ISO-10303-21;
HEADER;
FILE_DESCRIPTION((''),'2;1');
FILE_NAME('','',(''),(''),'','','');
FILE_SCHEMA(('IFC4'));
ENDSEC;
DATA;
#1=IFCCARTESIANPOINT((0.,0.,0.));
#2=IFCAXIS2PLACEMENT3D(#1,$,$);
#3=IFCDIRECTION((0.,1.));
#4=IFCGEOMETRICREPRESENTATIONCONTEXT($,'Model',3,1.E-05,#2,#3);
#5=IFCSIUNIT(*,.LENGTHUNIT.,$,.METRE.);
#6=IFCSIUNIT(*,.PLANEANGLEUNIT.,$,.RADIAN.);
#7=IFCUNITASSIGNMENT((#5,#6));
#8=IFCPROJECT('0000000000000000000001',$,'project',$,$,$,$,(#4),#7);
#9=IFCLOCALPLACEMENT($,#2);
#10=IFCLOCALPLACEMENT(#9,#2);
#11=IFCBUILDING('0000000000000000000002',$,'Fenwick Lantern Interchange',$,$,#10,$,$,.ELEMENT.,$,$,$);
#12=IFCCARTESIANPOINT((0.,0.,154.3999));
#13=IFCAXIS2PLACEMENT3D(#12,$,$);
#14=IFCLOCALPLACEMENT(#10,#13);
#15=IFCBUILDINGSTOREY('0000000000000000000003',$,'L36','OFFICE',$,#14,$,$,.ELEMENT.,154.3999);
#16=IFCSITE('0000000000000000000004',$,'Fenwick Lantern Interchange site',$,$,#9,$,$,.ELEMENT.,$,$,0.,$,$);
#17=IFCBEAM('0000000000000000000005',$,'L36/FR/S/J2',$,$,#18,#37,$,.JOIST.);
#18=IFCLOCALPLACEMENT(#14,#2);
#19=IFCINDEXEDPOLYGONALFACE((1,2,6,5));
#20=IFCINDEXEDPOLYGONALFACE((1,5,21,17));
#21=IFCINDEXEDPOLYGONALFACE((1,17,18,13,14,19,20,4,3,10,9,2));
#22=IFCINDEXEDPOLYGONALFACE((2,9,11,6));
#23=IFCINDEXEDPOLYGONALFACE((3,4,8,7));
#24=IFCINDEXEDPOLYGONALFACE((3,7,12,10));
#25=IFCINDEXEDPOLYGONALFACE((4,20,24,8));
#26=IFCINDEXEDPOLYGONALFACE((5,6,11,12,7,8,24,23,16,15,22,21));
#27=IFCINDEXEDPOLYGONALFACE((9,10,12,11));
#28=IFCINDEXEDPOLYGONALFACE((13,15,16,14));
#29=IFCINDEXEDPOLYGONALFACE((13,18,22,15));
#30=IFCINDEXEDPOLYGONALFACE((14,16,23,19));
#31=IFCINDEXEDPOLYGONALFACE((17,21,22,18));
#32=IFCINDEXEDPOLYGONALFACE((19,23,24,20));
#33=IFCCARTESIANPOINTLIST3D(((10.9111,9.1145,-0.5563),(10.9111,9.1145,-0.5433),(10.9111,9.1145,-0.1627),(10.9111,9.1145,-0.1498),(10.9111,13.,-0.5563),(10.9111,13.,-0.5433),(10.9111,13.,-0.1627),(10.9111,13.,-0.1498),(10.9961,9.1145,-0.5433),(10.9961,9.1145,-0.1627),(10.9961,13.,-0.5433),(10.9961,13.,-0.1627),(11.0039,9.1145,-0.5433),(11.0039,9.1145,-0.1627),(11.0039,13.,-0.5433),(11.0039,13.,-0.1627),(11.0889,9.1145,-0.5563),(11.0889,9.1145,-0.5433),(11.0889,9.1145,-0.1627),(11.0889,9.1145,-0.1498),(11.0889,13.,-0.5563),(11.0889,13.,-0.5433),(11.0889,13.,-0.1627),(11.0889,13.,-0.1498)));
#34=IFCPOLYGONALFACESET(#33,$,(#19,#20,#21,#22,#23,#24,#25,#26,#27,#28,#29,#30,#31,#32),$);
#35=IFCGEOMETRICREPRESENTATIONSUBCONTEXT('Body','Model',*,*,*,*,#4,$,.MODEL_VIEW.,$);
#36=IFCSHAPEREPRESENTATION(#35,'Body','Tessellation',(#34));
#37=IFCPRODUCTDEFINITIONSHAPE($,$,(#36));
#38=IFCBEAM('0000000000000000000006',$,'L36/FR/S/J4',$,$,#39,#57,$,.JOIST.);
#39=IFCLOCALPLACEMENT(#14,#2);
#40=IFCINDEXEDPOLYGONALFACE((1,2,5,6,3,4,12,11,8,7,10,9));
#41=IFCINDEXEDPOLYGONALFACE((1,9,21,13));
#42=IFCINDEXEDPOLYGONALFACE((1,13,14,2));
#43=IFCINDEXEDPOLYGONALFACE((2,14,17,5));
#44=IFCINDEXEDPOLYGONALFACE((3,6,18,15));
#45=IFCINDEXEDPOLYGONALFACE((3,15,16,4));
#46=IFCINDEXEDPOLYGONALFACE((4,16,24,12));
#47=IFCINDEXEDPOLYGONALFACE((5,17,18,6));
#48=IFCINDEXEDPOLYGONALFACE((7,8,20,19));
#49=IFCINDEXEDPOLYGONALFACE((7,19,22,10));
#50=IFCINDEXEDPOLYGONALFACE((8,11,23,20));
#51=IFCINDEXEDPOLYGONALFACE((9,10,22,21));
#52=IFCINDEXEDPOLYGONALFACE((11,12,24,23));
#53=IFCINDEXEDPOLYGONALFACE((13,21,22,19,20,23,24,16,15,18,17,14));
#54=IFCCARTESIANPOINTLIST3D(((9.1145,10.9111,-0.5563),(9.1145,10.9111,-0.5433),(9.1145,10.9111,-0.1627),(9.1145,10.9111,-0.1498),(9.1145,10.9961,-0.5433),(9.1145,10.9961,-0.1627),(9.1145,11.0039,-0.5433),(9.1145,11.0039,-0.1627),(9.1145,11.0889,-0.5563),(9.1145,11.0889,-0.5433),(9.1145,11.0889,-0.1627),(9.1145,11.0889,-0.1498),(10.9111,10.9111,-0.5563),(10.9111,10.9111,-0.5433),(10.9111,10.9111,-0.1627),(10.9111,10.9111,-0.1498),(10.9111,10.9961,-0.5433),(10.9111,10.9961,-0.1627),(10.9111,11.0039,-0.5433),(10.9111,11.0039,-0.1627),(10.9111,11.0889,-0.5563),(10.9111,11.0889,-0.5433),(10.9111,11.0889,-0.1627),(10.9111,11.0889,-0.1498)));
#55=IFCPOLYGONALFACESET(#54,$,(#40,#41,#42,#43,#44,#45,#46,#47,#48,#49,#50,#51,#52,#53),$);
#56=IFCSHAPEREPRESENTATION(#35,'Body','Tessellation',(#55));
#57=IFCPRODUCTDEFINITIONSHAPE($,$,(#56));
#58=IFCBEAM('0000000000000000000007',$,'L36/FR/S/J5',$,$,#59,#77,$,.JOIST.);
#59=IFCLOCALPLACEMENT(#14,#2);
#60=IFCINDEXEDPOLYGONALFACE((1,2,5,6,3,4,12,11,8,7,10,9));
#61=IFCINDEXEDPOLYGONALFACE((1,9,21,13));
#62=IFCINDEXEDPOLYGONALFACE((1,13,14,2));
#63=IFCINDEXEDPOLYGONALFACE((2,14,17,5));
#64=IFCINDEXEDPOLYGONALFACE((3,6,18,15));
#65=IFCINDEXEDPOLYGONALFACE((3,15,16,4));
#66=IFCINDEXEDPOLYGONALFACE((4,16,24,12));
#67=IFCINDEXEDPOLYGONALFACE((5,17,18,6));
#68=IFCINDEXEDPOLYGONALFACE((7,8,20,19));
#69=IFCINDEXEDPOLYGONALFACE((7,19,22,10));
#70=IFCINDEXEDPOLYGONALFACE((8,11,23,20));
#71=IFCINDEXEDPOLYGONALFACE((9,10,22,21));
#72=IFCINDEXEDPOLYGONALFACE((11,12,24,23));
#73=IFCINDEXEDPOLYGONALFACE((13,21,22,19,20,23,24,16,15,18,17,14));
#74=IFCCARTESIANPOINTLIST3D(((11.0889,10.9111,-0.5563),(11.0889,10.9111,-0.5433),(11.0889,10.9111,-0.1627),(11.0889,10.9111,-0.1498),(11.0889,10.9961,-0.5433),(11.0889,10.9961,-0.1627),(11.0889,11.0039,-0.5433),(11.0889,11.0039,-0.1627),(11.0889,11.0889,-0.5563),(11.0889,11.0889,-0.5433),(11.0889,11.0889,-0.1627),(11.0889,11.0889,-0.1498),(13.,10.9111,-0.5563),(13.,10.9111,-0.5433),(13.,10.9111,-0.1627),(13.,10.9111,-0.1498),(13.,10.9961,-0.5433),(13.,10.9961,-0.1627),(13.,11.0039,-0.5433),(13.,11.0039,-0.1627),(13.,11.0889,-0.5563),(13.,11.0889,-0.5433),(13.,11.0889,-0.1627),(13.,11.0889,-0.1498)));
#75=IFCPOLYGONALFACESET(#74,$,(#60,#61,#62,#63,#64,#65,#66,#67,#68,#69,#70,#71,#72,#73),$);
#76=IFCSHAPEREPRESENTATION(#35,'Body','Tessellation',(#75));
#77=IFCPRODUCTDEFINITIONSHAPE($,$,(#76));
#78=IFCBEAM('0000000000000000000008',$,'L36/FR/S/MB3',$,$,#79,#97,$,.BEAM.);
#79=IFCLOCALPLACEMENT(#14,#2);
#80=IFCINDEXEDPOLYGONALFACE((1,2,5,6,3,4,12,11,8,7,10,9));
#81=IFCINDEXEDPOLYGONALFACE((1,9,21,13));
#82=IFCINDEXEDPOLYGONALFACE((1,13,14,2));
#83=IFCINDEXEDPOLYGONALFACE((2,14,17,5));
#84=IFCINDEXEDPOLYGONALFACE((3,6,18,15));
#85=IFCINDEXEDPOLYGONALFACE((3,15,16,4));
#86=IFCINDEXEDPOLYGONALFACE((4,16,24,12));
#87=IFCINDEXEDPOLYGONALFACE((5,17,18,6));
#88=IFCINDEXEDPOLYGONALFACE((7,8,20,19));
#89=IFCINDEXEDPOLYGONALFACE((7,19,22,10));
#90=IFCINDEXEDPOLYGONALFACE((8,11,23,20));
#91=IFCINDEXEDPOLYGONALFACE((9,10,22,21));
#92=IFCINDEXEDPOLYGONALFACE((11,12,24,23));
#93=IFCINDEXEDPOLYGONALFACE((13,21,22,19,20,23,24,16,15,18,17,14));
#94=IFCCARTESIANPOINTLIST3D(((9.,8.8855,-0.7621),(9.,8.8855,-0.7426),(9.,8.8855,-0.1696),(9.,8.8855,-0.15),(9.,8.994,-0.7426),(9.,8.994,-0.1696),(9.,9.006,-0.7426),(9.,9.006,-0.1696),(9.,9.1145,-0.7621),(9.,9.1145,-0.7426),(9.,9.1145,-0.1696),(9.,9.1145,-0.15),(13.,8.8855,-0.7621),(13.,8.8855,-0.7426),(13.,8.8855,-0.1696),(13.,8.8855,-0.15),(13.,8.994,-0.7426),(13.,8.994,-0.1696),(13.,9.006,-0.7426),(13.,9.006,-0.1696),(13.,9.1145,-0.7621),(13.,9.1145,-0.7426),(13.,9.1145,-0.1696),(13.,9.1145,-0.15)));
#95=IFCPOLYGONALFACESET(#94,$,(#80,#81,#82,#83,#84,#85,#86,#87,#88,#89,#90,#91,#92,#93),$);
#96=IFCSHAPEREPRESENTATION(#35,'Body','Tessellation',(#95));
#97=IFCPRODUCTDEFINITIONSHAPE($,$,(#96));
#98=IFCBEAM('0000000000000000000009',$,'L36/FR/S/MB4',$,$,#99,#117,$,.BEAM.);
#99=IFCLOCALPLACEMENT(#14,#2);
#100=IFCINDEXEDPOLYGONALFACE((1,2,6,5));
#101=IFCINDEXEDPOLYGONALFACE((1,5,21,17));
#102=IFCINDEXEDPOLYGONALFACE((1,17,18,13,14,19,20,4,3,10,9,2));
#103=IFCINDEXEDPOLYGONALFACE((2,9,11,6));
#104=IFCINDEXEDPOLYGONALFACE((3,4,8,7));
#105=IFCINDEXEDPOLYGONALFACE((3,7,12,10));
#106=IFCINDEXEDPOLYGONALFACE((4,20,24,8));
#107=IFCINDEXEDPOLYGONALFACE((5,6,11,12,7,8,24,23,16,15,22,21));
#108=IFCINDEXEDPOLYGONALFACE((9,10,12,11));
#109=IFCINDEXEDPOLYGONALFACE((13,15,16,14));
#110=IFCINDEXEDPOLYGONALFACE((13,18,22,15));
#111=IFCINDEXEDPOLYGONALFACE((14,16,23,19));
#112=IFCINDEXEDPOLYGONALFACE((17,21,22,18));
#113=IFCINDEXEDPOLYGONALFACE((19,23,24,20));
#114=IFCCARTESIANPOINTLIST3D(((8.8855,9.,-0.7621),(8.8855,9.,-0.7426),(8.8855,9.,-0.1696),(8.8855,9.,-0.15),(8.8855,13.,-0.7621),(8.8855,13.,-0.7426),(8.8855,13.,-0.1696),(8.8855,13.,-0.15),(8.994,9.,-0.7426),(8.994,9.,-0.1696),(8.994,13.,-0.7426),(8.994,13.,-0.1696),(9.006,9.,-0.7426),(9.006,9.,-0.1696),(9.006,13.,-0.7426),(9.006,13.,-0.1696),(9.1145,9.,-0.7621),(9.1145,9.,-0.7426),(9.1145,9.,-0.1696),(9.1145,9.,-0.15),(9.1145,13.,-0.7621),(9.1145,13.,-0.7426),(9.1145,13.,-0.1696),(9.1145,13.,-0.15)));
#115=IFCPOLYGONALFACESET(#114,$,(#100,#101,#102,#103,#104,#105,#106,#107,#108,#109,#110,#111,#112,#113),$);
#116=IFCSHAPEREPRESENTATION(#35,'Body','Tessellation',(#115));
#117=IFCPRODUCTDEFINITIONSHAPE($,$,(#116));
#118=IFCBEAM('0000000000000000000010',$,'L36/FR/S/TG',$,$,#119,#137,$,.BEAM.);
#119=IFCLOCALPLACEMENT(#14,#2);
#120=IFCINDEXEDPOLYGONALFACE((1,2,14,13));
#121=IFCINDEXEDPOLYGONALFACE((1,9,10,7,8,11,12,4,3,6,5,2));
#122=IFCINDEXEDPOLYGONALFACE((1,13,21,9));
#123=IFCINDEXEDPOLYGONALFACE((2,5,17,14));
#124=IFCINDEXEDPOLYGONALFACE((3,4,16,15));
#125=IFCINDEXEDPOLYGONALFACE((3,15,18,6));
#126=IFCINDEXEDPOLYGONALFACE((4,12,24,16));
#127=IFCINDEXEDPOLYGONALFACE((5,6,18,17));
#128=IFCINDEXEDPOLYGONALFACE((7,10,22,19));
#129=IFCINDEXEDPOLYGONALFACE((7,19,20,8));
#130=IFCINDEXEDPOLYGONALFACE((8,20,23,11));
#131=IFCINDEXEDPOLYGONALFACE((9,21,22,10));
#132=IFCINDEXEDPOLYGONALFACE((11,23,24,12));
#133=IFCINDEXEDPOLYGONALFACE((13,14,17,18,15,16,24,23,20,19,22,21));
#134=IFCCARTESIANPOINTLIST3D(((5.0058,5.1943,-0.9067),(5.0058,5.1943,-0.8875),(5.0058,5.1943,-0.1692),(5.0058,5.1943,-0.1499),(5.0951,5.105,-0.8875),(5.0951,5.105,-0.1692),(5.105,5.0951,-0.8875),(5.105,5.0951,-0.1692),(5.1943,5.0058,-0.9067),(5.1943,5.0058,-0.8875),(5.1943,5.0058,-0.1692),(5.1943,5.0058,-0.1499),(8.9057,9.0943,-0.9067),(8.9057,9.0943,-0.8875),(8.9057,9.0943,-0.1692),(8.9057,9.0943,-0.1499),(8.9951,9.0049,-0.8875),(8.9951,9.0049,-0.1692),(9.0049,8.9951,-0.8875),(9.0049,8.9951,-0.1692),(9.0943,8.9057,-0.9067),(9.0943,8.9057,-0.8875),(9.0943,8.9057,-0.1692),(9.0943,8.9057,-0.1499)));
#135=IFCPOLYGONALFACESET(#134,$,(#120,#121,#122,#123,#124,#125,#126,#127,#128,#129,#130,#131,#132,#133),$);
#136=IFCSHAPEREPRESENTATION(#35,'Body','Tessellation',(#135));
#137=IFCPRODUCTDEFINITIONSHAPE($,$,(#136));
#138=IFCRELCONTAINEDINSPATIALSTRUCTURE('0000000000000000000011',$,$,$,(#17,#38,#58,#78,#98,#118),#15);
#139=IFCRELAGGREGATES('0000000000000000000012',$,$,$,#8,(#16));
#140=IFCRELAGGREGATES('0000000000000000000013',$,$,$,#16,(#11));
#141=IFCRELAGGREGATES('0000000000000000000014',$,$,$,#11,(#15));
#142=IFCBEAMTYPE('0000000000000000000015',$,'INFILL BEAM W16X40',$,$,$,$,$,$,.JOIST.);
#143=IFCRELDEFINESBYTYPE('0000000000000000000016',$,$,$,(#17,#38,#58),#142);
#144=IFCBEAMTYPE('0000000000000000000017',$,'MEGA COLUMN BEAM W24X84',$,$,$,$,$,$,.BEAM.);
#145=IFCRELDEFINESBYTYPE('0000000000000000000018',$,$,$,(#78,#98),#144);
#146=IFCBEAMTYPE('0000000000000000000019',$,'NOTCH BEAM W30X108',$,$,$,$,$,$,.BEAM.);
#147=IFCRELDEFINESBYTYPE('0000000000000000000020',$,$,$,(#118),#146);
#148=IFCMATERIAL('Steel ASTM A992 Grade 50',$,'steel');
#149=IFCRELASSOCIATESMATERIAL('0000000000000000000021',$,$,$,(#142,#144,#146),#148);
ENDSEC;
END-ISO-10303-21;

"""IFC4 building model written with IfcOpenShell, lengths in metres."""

from ifc_helpers import new_model, si_unit, direction, frame, origin, origin_2d, place, context, subcontext, project, spatial, i_section, extrude, material, material_profile, profile_set, type_object, element, save


model = new_model("IFC4")

# Units and contexts
model_context = context("Model", 3, precision=1e-05, world=origin(), true_north=direction((0.0, 1.0)))
body_context = subcontext(model_context, "Body", "Model", "MODEL_VIEW")
ifc_project = project(units=[si_unit("LENGTHUNIT", "METRE"), si_unit("PLANEANGLEUNIT", "RADIAN")], contexts=[model_context])

# Site, building, storey
site_placement = place(None, origin())
site = spatial("IfcSite", under=ifc_project, at=site_placement, Name="Fenwick Lantern Interchange site", CompositionType="ELEMENT", RefElevation=0.0)
building_placement = place(site_placement, origin())
building = spatial("IfcBuilding", under=site, at=building_placement, Name="Fenwick Lantern Interchange", CompositionType="ELEMENT")
storey_placement = place(building_placement, frame((0.0, 0.0, 154.3999)))
storey = spatial("IfcBuildingStorey", under=building, at=storey_placement, Name="L36", Description="OFFICE", CompositionType="ELEMENT", Elevation=154.3999)

# Beams
ifc_material_1 = material(Name="Steel ASTM A992 Grade 50", Category="steel")
ifc_material_profile_1 = material_profile(ifc_material_1, i_section(OverallWidth=0.1777, OverallDepth=0.4065, WebThickness=0.0078, FlangeThickness=0.0129, at=origin_2d()), Name="W16X40")
ifc_profile_set_1 = profile_set([ifc_material_profile_1], Name="Steel ASTM A992 Grade 50")
beam_type_1 = type_object("IfcBeamType", Name="INFILL BEAM W16X40", PredefinedType="JOIST", material=ifc_profile_set_1)
beam_1_placement = place(storey_placement, frame((11.0, 9.1145, -0.353), z_axis=(0.0, 1.0, 0.0), x_axis=(-1.0, 0.0, 0.0)))
element("IfcBeam", 1, at=beam_1_placement, inside=storey, type_object=beam_type_1, Name="L36/FR/S/J2", PredefinedType="JOIST", context=body_context, shape_type="SweptSolid", body=[
    extrude(i_section(OverallWidth=0.1777, OverallDepth=0.4065, WebThickness=0.0078, FlangeThickness=0.0129, at=origin_2d()), origin(), (0.0, 0.0, 1.0), 3.8855),
])
beam_2_placement = place(storey_placement, frame((9.1145, 11.0, -0.353), z_axis=(1.0, 0.0, 0.0), x_axis=(0.0, 1.0, 0.0)))
element("IfcBeam", 2, at=beam_2_placement, inside=storey, type_object=beam_type_1, Name="L36/FR/S/J4", PredefinedType="JOIST", context=body_context, shape_type="SweptSolid", body=[
    extrude(i_section(OverallWidth=0.1777, OverallDepth=0.4065, WebThickness=0.0078, FlangeThickness=0.0129, at=origin_2d()), origin(), (0.0, 0.0, 1.0), 1.7966),
])
beam_3_placement = place(storey_placement, frame((11.0889, 11.0, -0.353), z_axis=(1.0, 0.0, 0.0), x_axis=(0.0, 1.0, 0.0)))
element("IfcBeam", 3, at=beam_3_placement, inside=storey, type_object=beam_type_1, Name="L36/FR/S/J5", PredefinedType="JOIST", context=body_context, shape_type="SweptSolid", body=[
    extrude(i_section(OverallWidth=0.1777, OverallDepth=0.4065, WebThickness=0.0078, FlangeThickness=0.0129, at=origin_2d()), origin(), (0.0, 0.0, 1.0), 1.9111),
])
ifc_material_profile_2 = material_profile(ifc_material_1, i_section(OverallWidth=0.229, OverallDepth=0.6121, WebThickness=0.012, FlangeThickness=0.0195, at=origin_2d()), Name="W24X84")
ifc_profile_set_2 = profile_set([ifc_material_profile_2], Name="Steel ASTM A992 Grade 50")
beam_type_2 = type_object("IfcBeamType", Name="MEGA COLUMN BEAM W24X84", PredefinedType="BEAM", material=ifc_profile_set_2)
for number, where, z_axis, x_axis, name in (
    (4, (9.0, 9.0, -0.4561), (1.0, 0.0, 0.0), (0.0, 1.0, 0.0), "L36/FR/S/MB3"),
    (5, (9.0, 9.0, -0.4561), (0.0, 1.0, 0.0), (-1.0, 0.0, 0.0), "L36/FR/S/MB4"),
):
    element("IfcBeam", number, at=place(storey_placement, frame(where, z_axis=z_axis, x_axis=x_axis)), inside=storey, type_object=beam_type_2, Name=name, PredefinedType="BEAM", context=body_context, shape_type="SweptSolid", body=[
        extrude(i_section(OverallWidth=0.229, OverallDepth=0.6121, WebThickness=0.012, FlangeThickness=0.0195, at=origin_2d()), origin(), (0.0, 0.0, 1.0), 4.0),
    ])
ifc_material_profile_3 = material_profile(ifc_material_1, i_section(OverallWidth=0.2666, OverallDepth=0.7568, WebThickness=0.0139, FlangeThickness=0.0193, at=origin_2d()), Name="W30X108")
ifc_profile_set_3 = profile_set([ifc_material_profile_3], Name="Steel ASTM A992 Grade 50")
beam_type_3 = type_object("IfcBeamType", Name="NOTCH BEAM W30X108", PredefinedType="BEAM", material=ifc_profile_set_3)
beam_4_placement = place(storey_placement, frame((9.0, 9.0, -0.5283), z_axis=(-0.707107, -0.707107, 0.0), x_axis=(0.707107, -0.707107, 0.0)))
element("IfcBeam", 6, at=beam_4_placement, inside=storey, type_object=beam_type_3, Name="L36/FR/S/TG", PredefinedType="BEAM", context=body_context, shape_type="SweptSolid", body=[
    extrude(i_section(OverallWidth=0.2666, OverallDepth=0.7568, WebThickness=0.0139, FlangeThickness=0.0193, at=origin_2d()), origin(), (0.0, 0.0, 1.0), 5.5154),
])

save(model, "model.ifc")
